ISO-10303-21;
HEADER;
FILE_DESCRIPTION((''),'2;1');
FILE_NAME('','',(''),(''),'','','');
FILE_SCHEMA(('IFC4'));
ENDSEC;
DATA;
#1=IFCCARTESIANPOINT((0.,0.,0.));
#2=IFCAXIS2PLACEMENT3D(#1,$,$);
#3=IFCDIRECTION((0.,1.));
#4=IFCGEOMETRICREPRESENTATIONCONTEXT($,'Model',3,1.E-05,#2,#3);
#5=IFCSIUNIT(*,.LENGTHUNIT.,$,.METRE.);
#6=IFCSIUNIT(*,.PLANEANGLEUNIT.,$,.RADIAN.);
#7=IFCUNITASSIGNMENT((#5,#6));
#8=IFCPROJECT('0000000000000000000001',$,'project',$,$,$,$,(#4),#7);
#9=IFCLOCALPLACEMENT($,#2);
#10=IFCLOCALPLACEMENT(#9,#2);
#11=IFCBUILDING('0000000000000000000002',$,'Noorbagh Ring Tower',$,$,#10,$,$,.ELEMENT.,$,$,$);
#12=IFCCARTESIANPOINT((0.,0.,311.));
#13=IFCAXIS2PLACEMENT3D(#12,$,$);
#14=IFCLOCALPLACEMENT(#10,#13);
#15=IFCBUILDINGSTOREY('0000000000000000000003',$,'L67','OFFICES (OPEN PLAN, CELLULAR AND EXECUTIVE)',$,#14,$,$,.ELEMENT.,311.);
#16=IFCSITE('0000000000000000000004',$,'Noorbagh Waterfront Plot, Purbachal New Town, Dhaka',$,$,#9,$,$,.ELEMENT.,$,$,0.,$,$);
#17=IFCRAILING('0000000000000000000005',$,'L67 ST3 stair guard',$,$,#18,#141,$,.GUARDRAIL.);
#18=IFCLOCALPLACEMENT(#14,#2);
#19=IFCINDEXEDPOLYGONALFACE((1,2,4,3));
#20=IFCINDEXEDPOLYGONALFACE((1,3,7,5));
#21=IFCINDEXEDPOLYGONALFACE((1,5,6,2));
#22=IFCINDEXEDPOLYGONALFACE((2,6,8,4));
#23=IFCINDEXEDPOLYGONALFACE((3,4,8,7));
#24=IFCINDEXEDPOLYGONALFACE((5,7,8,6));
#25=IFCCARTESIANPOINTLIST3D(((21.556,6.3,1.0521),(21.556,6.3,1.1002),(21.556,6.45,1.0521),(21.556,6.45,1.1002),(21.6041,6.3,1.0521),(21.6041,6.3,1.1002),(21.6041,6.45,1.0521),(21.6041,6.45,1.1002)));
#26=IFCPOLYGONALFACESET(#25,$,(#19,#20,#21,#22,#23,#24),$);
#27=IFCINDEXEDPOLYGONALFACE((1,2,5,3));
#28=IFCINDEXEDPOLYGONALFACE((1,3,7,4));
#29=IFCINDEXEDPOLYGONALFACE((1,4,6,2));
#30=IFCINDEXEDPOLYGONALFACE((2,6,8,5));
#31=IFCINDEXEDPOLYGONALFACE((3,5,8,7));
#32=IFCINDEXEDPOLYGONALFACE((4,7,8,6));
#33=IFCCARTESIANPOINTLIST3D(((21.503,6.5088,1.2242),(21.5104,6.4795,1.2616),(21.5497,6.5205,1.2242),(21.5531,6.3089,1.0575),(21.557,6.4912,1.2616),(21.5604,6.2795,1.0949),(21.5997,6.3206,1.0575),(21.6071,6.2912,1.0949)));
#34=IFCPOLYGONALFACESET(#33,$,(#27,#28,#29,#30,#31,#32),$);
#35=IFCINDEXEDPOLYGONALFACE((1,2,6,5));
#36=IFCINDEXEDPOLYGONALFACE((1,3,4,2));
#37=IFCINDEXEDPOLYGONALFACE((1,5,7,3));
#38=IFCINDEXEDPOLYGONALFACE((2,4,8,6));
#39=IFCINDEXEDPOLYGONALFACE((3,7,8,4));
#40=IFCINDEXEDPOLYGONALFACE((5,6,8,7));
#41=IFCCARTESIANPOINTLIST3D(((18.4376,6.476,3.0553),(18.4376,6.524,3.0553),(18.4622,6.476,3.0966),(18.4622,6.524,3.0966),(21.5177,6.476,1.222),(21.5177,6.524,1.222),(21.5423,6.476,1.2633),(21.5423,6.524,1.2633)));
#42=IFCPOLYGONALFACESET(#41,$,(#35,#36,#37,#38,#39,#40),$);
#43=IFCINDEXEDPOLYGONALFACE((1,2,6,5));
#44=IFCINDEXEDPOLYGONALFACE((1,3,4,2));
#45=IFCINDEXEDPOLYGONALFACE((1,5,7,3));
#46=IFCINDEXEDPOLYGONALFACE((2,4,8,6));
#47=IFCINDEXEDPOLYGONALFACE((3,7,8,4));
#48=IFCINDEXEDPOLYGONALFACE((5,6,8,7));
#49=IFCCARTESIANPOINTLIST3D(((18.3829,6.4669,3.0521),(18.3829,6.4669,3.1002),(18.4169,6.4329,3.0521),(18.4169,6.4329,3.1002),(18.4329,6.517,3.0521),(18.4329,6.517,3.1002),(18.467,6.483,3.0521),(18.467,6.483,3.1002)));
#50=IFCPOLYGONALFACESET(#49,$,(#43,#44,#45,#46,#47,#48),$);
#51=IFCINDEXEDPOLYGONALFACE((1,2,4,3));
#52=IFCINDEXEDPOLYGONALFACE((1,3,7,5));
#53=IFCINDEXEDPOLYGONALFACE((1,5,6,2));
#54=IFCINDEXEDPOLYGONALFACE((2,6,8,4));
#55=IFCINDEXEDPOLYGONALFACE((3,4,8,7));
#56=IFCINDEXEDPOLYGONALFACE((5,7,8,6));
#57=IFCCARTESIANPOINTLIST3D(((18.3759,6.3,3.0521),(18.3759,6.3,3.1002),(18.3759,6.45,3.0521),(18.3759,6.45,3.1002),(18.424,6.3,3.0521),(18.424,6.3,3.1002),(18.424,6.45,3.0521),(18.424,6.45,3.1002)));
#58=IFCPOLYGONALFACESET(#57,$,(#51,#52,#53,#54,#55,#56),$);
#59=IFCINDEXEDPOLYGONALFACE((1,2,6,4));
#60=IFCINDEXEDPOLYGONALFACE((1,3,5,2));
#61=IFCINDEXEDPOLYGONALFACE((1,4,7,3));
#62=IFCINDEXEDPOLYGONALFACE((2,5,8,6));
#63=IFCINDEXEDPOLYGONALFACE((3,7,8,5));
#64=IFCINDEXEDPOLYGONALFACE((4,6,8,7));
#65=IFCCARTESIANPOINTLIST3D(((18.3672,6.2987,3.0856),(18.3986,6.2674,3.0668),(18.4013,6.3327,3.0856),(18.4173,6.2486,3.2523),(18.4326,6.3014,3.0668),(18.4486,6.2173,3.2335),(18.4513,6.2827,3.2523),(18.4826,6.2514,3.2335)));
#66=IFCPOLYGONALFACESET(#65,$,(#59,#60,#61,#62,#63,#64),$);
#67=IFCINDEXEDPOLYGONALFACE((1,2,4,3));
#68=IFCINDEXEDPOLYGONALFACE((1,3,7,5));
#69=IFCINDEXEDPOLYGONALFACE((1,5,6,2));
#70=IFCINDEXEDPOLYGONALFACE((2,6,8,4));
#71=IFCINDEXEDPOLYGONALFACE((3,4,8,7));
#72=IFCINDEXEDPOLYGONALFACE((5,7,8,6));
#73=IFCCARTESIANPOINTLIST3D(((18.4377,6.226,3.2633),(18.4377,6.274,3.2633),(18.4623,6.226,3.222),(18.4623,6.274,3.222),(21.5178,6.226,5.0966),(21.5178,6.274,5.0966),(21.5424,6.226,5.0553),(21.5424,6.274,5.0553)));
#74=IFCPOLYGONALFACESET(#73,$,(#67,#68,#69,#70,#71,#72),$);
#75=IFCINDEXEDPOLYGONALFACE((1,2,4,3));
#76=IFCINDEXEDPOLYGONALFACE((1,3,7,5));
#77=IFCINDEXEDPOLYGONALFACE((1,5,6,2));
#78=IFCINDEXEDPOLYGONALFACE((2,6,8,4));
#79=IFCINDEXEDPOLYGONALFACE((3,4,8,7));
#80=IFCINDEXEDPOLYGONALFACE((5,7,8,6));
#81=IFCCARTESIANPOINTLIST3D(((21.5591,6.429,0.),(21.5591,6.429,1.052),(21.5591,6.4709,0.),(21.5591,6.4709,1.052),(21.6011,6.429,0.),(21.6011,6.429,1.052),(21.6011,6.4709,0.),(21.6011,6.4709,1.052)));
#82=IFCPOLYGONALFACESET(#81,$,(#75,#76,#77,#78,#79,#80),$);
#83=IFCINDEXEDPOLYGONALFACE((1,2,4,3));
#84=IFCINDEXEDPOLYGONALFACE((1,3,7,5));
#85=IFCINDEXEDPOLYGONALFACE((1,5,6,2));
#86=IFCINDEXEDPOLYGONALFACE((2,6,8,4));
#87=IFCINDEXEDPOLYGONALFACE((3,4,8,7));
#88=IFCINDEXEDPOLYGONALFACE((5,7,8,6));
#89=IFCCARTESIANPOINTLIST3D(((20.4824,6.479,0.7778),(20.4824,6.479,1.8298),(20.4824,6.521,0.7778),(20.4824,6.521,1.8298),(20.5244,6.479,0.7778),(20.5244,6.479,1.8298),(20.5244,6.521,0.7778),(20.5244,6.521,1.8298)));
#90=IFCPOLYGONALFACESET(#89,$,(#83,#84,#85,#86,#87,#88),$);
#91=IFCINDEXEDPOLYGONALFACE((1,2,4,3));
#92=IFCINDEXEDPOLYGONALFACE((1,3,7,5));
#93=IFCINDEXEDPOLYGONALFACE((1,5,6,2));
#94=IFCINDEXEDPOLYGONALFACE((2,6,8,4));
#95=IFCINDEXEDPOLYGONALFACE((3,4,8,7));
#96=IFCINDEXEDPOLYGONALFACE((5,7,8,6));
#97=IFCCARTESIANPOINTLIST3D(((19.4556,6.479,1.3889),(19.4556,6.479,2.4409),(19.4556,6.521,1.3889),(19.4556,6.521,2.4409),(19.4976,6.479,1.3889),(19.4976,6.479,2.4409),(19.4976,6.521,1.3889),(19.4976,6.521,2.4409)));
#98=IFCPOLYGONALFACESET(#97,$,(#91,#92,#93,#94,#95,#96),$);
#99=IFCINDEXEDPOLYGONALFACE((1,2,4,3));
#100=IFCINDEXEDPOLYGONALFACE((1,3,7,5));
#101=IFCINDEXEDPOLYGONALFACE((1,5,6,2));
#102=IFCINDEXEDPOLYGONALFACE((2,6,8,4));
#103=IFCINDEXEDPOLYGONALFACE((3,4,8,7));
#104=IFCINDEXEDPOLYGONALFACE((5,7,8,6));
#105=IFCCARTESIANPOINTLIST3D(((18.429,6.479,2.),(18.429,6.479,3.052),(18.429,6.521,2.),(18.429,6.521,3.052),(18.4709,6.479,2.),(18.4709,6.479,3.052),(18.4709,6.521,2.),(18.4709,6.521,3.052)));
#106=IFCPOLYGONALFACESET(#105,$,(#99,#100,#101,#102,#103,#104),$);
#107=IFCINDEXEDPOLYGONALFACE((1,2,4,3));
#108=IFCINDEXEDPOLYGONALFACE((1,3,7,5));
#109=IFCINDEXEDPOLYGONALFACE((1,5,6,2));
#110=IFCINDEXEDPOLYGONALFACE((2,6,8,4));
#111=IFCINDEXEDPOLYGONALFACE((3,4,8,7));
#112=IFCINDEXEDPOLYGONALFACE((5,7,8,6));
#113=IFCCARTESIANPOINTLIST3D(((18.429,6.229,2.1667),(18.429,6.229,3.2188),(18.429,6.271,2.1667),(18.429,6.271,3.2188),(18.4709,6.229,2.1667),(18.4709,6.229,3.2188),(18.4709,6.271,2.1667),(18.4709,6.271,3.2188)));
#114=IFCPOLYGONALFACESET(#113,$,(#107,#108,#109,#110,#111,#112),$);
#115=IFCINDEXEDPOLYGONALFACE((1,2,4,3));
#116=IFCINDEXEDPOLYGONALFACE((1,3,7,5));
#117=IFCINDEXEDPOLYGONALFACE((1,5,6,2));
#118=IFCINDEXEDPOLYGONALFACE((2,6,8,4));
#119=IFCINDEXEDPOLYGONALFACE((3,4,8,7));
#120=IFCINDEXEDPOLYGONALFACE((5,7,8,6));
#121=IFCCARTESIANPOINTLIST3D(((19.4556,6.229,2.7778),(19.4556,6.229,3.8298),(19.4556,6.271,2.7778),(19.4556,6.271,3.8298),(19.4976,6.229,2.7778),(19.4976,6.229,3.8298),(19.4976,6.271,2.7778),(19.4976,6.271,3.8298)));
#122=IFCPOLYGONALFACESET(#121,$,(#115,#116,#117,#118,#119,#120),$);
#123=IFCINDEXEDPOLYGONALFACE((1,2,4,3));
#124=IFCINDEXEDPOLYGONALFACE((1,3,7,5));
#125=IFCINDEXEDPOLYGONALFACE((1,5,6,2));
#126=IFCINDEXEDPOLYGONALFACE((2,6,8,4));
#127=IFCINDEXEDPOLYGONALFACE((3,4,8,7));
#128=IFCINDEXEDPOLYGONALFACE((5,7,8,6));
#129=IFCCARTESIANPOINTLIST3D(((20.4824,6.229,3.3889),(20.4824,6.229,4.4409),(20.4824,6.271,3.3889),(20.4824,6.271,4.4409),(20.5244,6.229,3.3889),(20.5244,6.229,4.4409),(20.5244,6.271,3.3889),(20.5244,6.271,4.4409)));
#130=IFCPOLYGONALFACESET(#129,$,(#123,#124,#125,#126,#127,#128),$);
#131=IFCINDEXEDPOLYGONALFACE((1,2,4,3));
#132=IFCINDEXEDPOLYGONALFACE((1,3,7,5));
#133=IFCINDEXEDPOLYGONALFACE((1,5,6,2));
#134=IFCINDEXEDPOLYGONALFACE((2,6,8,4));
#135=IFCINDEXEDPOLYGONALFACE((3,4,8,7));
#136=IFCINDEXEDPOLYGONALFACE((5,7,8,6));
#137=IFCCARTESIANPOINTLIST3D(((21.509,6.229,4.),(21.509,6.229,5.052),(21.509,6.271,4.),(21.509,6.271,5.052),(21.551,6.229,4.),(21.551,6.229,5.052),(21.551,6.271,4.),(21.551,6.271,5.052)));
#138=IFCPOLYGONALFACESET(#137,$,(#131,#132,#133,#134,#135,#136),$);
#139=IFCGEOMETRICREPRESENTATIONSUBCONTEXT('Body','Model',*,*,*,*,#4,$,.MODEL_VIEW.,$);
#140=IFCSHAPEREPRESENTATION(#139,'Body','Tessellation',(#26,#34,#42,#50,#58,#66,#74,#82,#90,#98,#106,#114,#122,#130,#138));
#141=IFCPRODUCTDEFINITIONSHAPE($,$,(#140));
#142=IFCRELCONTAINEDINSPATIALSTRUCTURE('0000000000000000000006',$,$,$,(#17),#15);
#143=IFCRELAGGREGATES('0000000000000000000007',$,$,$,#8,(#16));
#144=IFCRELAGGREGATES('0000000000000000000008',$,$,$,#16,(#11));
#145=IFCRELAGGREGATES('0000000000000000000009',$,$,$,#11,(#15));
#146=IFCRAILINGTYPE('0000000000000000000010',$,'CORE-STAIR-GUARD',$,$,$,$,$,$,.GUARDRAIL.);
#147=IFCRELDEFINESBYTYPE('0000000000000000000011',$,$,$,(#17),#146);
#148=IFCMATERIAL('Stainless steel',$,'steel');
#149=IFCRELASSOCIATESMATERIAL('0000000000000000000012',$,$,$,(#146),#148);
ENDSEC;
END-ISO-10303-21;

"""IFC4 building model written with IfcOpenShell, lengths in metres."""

from ifc_helpers import new_model, si_unit, direction, frame, origin, origin_2d, place, context, subcontext, project, spatial, rectangle, extrude, material, type_object, element, save


model = new_model("IFC4")

# Units and contexts
model_context = context("Model", 3, precision=1e-05, world=origin(), true_north=direction((0.0, 1.0)))
body_context = subcontext(model_context, "Body", "Model", "MODEL_VIEW")
ifc_project = project(units=[si_unit("LENGTHUNIT", "METRE"), si_unit("PLANEANGLEUNIT", "RADIAN")], contexts=[model_context])

# Site, building, storey
site_placement = place(None, origin())
site = spatial("IfcSite", under=ifc_project, at=site_placement, Name="Noorbagh Waterfront Plot, Purbachal New Town, Dhaka", CompositionType="ELEMENT", RefElevation=0.0)
building_placement = place(site_placement, origin())
building = spatial("IfcBuilding", under=site, at=building_placement, Name="Noorbagh Ring Tower", CompositionType="ELEMENT")
storey_placement = place(building_placement, frame((0.0, 0.0, 311.0)))
storey = spatial("IfcBuildingStorey", under=building, at=storey_placement, Name="L67", Description="OFFICES (OPEN PLAN, CELLULAR AND EXECUTIVE)", CompositionType="ELEMENT", Elevation=311.0)

# Railing
ifc_material_1 = material(Name="Stainless steel", Category="steel")
railing_type_1 = type_object("IfcRailingType", Name="CORE-STAIR-GUARD", PredefinedType="GUARDRAIL", material=ifc_material_1)
railing_1_placement = place(storey_placement, frame((21.5801, 6.45, 0.0)))
element("IfcRailing", 1, at=railing_1_placement, inside=storey, type_object=railing_type_1, Name="L67 ST3 stair guard", PredefinedType="GUARDRAIL", context=body_context, shape_type="SweptSolid", body=[
    extrude(rectangle(XDim=0.0481, YDim=0.0481, at=origin_2d()), frame((0.0, 0.0, 1.0762), z_axis=(0.0, -1.0, 0.0), x_axis=(1.0, 0.0, 0.0)), (0.0, 0.0, 1.0), 0.1499),
    extrude(rectangle(XDim=0.0481, YDim=0.0481, at=origin_2d()), frame((0.0, -0.1499, 1.0762), z_axis=(-0.188776, 0.754182, 0.628946), x_axis=(-0.970073, -0.242814, 0.0)), (0.0, 0.0, 1.0), 0.2651),
    extrude(rectangle(XDim=0.0481, YDim=0.0481, at=origin_2d()), frame((-0.05, 0.05, 1.2427), z_axis=(-0.859309, 0.0, 0.511458), x_axis=(0.0, -1.0, 0.0)), (0.0, 0.0, 1.0), 3.5845),
    extrude(rectangle(XDim=0.0481, YDim=0.0481, at=origin_2d()), frame((-3.1301, 0.05, 3.0762), z_axis=(-0.707107, -0.707107, 0.0), x_axis=(0.707107, -0.707107, 0.0)), (0.0, 0.0, 1.0), 0.0708),
    extrude(rectangle(XDim=0.0481, YDim=0.0481, at=origin_2d()), frame((-3.1802, 0.0, 3.0762), z_axis=(0.0, -1.0, 0.0), x_axis=(1.0, 0.0, 0.0)), (0.0, 0.0, 1.0), 0.1499),
    extrude(rectangle(XDim=0.0481, YDim=0.0481, at=origin_2d()), frame((-3.1802, -0.1499, 3.0762), z_axis=(0.276287, -0.276287, 0.920506), x_axis=(0.707107, 0.707107, 0.0)), (0.0, 0.0, 1.0), 0.1812),
    extrude(rectangle(XDim=0.0481, YDim=0.0481, at=origin_2d()), frame((-3.1301, -0.2, 3.2427), z_axis=(0.859309, 0.0, 0.511458), x_axis=(0.0, 1.0, 0.0)), (0.0, 0.0, 1.0), 3.5845),
    extrude(rectangle(XDim=0.042, YDim=0.042, at=origin_2d()), origin(), (0.0, 0.0, 1.0), 1.052),
    extrude(rectangle(XDim=0.042, YDim=0.042, at=origin_2d()), frame((-1.0767, 0.05, 0.7778)), (0.0, 0.0, 1.0), 1.052),
    extrude(rectangle(XDim=0.042, YDim=0.042, at=origin_2d()), frame((-2.1035, 0.05, 1.3889)), (0.0, 0.0, 1.0), 1.052),
    extrude(rectangle(XDim=0.042, YDim=0.042, at=origin_2d()), frame((-3.1301, 0.05, 2.0)), (0.0, 0.0, 1.0), 1.052),
    extrude(rectangle(XDim=0.042, YDim=0.042, at=origin_2d()), frame((-3.1301, -0.2, 2.1667)), (0.0, 0.0, 1.0), 1.052),
    extrude(rectangle(XDim=0.042, YDim=0.042, at=origin_2d()), frame((-2.1035, -0.2, 2.7778)), (0.0, 0.0, 1.0), 1.052),
    extrude(rectangle(XDim=0.042, YDim=0.042, at=origin_2d()), frame((-1.0767, -0.2, 3.3889)), (0.0, 0.0, 1.0), 1.052),
    extrude(rectangle(XDim=0.042, YDim=0.042, at=origin_2d()), frame((-0.05, -0.2, 4.0)), (0.0, 0.0, 1.0), 1.052),
])

save(model, "model.ifc")
